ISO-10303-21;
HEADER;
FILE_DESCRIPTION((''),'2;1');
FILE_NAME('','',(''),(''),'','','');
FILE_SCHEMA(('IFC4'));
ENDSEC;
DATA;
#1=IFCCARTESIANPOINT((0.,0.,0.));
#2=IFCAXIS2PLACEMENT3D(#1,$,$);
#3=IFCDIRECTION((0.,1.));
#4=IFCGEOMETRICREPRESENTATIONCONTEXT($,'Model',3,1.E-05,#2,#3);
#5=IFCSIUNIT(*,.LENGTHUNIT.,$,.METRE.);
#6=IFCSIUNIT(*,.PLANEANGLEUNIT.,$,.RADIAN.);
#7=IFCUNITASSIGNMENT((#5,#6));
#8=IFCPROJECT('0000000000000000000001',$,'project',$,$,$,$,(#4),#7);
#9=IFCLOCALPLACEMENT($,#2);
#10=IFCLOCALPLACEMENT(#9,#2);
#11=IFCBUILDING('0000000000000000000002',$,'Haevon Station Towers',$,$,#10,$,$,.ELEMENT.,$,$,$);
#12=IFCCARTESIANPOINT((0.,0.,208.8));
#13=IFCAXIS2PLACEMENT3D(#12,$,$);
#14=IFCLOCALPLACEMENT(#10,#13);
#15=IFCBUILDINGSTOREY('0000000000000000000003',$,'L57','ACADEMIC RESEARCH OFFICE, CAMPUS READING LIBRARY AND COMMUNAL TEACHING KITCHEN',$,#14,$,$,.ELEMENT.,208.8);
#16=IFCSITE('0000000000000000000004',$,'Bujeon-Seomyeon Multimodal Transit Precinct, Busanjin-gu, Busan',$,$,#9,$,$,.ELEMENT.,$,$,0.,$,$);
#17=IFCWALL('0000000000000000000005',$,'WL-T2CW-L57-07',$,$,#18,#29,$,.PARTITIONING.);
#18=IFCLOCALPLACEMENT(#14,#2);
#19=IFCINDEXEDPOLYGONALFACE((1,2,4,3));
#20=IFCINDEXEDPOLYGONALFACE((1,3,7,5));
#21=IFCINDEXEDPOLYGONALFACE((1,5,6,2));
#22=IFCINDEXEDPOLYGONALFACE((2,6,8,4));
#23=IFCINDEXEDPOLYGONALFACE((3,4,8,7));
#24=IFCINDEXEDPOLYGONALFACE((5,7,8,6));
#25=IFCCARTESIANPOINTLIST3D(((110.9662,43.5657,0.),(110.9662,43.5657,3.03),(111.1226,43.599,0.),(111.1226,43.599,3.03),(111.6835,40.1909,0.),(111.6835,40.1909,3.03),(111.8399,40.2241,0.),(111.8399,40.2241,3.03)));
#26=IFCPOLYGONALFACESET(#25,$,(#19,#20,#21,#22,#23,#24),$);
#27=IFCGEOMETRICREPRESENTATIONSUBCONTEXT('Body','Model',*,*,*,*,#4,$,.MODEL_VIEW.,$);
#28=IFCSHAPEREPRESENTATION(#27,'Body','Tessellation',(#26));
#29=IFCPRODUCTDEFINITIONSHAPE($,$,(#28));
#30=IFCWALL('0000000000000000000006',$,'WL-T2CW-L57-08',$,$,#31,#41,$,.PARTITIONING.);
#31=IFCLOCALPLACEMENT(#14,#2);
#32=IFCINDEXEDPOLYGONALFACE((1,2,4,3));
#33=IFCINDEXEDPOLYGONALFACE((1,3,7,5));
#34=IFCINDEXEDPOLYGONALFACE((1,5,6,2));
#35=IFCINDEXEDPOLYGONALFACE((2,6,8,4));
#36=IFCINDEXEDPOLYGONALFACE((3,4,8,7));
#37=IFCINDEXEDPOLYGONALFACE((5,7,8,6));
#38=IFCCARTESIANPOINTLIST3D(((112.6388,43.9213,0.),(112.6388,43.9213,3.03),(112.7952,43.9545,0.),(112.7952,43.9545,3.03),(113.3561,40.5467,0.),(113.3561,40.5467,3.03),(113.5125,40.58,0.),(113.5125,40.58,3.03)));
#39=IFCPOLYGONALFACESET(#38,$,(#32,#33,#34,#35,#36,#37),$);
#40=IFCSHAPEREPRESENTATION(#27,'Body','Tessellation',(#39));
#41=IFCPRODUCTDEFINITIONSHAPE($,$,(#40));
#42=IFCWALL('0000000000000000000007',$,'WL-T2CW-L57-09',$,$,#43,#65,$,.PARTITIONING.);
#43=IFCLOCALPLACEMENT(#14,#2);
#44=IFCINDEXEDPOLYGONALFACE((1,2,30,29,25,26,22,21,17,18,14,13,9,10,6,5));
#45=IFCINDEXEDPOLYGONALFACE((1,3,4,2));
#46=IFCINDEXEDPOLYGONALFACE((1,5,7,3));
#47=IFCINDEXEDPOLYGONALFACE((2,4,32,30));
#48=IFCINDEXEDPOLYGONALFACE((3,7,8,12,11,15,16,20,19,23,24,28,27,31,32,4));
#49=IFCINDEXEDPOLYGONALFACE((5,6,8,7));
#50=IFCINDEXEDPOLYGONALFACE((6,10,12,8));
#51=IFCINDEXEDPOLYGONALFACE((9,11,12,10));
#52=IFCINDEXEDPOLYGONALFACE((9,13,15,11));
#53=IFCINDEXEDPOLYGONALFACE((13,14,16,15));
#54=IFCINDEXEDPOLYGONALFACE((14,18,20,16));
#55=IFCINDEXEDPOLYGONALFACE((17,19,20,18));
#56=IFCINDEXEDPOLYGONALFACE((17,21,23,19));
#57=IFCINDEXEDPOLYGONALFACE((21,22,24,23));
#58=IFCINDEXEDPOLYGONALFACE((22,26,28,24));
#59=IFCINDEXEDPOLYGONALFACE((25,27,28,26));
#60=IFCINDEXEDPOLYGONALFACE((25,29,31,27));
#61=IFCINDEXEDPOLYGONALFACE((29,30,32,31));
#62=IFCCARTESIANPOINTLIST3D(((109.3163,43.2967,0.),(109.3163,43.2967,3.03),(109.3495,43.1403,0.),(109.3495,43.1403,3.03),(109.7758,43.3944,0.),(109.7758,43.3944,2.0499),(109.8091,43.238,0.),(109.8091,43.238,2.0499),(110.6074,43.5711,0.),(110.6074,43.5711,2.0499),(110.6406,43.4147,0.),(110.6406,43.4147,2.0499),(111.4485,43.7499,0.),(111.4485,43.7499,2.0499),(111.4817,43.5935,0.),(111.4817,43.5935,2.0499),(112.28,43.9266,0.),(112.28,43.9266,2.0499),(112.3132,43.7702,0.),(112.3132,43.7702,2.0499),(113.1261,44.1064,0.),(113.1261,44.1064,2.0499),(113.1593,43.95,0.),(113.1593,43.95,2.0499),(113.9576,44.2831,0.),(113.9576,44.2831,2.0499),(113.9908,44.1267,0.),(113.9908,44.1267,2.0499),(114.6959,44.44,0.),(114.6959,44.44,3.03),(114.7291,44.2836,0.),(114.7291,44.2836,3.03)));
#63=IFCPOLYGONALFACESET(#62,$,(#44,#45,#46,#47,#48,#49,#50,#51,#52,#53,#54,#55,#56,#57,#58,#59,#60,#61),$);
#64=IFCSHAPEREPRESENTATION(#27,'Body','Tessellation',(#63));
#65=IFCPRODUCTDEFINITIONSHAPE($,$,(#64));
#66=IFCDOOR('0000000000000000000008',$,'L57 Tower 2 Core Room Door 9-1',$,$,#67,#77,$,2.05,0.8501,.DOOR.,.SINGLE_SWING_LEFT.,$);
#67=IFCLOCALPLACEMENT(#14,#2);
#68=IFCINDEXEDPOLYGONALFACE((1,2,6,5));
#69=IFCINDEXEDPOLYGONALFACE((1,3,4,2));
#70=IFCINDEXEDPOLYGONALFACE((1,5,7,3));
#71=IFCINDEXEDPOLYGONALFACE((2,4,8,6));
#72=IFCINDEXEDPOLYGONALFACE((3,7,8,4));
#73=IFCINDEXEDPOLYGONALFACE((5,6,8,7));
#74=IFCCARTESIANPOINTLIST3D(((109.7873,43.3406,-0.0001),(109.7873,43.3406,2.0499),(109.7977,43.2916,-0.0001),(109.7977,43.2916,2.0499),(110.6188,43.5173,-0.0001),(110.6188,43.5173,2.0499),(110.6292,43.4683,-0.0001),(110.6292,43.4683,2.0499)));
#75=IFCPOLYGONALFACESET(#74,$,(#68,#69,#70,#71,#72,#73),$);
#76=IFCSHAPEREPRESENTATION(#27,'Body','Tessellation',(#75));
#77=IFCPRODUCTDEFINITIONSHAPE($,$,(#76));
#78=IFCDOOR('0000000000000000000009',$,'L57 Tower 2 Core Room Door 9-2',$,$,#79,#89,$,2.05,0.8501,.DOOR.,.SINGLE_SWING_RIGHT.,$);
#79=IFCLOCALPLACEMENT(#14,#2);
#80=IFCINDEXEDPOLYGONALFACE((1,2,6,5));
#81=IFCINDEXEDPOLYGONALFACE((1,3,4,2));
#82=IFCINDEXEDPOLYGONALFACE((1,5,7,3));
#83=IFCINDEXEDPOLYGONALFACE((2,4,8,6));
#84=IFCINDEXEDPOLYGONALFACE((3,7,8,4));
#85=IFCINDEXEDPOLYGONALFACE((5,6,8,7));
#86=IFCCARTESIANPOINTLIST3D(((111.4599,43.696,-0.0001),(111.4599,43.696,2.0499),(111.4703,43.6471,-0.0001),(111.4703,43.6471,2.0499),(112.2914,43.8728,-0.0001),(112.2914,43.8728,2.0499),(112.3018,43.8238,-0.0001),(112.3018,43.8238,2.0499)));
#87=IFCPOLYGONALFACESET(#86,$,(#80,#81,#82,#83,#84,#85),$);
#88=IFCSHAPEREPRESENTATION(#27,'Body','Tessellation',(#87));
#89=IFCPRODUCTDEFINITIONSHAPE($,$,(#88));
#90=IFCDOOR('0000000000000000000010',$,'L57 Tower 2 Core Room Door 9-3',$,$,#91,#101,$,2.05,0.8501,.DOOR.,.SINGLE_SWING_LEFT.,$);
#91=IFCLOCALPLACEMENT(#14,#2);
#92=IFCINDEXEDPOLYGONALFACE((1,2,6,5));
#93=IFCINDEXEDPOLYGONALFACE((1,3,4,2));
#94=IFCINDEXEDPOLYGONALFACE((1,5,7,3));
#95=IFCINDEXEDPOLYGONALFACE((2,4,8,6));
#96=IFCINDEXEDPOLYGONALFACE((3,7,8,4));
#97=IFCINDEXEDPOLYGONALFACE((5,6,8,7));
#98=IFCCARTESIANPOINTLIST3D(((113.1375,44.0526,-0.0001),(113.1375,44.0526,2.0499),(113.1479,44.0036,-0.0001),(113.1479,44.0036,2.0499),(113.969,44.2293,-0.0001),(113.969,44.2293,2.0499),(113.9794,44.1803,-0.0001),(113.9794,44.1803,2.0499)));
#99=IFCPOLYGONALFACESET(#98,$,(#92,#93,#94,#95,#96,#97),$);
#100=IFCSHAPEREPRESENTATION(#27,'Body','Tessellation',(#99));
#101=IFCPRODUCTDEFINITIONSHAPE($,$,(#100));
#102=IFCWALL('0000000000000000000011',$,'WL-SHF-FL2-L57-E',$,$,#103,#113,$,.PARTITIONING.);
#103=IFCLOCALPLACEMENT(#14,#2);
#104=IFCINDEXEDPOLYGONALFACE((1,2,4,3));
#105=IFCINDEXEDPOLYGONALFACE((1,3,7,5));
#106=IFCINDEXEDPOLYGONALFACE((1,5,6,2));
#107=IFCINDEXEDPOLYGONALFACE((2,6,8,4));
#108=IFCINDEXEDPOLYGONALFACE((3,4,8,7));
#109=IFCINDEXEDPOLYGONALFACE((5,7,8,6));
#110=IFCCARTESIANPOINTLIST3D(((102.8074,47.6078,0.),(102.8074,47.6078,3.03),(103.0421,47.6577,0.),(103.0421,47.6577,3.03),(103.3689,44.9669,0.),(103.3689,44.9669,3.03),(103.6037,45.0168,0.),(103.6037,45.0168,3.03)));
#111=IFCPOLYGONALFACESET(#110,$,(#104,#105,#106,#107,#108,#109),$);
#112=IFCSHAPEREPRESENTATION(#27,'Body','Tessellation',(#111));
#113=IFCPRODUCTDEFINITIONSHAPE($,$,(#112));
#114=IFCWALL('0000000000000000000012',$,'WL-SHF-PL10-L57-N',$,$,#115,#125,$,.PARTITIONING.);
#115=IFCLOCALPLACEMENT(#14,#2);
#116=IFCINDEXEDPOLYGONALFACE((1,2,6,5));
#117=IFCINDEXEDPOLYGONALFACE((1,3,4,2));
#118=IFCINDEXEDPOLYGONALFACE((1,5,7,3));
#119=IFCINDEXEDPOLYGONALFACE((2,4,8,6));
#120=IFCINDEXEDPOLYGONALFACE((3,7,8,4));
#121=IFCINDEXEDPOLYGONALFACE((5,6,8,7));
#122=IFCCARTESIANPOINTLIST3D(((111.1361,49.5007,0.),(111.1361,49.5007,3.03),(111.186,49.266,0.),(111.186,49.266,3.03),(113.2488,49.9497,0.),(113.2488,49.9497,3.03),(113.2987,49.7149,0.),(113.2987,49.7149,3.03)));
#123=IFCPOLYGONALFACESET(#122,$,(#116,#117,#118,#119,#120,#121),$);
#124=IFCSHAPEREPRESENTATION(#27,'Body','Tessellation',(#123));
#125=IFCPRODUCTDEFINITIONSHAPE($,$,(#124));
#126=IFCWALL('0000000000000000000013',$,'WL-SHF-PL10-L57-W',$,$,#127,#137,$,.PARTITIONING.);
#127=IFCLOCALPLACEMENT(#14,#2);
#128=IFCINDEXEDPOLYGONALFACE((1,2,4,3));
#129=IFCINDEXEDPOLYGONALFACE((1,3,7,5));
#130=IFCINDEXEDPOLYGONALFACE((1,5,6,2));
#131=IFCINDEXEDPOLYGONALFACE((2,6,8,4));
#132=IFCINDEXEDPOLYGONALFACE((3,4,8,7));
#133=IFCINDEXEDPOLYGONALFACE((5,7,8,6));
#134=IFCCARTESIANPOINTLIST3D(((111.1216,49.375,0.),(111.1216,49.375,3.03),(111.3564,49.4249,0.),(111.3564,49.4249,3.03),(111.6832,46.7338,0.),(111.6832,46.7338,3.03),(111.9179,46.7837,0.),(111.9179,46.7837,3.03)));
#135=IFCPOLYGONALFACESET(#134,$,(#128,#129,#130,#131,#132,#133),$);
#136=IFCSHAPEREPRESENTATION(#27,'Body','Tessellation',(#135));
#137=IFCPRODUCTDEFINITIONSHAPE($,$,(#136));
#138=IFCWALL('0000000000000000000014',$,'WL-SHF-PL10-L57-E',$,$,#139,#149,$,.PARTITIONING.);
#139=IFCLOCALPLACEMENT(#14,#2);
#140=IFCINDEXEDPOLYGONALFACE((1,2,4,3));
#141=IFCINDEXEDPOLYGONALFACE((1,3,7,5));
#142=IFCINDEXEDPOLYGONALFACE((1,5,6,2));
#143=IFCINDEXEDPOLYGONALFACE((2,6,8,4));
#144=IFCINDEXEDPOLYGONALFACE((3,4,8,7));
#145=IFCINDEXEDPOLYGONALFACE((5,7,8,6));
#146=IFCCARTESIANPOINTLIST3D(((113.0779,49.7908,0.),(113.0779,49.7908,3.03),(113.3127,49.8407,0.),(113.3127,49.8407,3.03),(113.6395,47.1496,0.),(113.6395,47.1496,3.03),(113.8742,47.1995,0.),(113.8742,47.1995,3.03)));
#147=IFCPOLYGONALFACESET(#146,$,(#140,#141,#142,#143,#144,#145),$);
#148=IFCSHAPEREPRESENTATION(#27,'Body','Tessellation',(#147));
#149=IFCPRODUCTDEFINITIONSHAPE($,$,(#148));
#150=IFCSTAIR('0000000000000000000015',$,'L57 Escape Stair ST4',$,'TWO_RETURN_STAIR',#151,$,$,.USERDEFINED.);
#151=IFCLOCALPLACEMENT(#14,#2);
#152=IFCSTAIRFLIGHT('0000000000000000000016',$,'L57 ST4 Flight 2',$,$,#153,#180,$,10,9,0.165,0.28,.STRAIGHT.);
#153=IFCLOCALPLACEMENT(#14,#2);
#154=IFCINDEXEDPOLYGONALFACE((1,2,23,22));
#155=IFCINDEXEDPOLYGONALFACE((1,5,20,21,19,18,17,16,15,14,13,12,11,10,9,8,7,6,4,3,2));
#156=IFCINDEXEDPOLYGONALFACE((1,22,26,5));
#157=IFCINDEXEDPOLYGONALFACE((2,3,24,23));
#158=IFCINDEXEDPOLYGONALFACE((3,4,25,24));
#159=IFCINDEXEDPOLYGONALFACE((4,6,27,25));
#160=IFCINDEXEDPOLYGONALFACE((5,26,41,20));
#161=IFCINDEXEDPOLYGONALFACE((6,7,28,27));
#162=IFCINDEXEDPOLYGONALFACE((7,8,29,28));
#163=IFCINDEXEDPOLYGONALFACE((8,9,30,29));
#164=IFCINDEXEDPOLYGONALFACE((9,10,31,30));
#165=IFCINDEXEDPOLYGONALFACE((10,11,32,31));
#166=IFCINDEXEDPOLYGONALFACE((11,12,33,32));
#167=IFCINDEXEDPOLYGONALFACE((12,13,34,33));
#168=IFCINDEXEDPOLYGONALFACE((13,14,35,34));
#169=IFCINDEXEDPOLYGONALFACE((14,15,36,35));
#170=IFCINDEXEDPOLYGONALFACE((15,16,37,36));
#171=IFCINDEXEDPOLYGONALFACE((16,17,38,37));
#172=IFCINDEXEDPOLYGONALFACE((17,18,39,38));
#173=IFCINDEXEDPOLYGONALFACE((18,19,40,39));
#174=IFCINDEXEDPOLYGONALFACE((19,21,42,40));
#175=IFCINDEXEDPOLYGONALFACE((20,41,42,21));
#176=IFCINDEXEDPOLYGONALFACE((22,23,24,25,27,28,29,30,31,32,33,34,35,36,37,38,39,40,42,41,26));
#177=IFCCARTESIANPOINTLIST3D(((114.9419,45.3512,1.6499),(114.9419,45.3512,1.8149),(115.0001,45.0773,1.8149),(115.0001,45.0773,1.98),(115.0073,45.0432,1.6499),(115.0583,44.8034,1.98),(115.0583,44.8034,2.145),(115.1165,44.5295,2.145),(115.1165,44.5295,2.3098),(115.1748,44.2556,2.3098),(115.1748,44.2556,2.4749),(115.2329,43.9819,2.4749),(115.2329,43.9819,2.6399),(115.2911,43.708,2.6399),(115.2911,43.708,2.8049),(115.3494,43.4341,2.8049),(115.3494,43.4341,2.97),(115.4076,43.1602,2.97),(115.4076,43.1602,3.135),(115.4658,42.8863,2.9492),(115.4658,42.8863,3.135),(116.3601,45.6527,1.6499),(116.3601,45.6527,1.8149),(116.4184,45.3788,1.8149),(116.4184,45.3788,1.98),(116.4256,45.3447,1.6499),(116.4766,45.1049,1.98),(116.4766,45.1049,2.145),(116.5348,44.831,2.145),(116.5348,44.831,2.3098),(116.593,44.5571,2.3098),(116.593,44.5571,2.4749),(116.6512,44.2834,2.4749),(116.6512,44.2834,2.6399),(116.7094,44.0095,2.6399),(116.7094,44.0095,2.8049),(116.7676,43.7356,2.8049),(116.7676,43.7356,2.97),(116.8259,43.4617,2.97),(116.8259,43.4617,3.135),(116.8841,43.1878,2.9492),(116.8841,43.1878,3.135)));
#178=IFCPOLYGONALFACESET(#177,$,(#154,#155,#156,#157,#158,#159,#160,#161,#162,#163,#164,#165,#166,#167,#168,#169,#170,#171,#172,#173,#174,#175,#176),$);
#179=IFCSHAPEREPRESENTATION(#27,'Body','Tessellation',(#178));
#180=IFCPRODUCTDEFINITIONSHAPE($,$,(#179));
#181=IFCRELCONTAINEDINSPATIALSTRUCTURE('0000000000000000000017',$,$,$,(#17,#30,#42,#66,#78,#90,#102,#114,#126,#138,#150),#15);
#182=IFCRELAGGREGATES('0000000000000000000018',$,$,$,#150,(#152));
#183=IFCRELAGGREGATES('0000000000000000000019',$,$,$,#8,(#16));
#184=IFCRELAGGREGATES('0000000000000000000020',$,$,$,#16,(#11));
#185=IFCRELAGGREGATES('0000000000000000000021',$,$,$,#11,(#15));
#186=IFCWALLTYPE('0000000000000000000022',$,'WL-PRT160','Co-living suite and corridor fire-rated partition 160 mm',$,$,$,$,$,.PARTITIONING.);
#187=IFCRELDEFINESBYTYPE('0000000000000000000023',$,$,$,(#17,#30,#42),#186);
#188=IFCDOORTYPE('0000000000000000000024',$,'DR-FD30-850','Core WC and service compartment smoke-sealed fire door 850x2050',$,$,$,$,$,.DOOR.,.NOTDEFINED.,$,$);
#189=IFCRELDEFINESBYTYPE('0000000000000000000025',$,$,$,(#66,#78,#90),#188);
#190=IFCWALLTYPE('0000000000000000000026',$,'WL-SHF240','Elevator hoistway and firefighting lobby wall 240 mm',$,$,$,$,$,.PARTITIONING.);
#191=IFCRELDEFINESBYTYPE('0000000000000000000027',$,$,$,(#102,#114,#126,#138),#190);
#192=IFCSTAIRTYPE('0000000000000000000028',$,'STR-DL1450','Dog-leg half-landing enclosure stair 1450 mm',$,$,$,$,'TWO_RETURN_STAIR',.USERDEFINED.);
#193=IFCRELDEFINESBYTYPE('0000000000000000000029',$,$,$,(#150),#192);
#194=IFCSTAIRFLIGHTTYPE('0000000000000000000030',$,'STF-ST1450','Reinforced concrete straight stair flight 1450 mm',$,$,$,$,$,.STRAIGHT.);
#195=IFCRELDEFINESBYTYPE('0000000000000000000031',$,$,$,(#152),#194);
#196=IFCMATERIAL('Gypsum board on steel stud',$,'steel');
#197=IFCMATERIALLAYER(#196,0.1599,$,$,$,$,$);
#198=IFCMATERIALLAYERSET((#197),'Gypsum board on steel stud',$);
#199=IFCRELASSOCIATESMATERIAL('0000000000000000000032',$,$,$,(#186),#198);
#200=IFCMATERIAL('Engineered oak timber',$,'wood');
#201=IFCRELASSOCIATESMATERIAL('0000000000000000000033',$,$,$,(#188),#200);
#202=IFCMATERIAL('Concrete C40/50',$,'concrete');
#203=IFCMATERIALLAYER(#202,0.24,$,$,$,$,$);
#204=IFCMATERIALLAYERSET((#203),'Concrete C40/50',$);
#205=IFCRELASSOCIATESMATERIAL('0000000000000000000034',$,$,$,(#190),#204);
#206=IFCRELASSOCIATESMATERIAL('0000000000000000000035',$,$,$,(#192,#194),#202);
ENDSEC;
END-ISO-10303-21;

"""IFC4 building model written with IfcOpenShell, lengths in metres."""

from ifc_helpers import new_model, si_unit, direction, frame, frame_2d, origin, place, context, subcontext, project, spatial, polyline, rectangle, outline, extrude, material, layer, layer_set, type_object, element, fill, aggregate, save


model = new_model("IFC4")

# Units and contexts
model_context = context("Model", 3, precision=1e-05, world=origin(), true_north=direction((0.0, 1.0)))
body_context = subcontext(model_context, "Body", "Model", "MODEL_VIEW")
ifc_project = project(units=[si_unit("LENGTHUNIT", "METRE"), si_unit("PLANEANGLEUNIT", "RADIAN")], contexts=[model_context])

# Site, building, storey
site_placement = place(None, origin())
site = spatial("IfcSite", under=ifc_project, at=site_placement, Name="Bujeon-Seomyeon Multimodal Transit Precinct, Busanjin-gu, Busan", CompositionType="ELEMENT", RefElevation=0.0)
building_placement = place(site_placement, origin())
building = spatial("IfcBuilding", under=site, at=building_placement, Name="Haevon Station Towers", CompositionType="ELEMENT")
storey_placement = place(building_placement, frame((0.0, 0.0, 208.8)))
storey = spatial("IfcBuildingStorey", under=building, at=storey_placement, Name="L57", Description="ACADEMIC RESEARCH OFFICE, CAMPUS READING LIBRARY AND COMMUNAL TEACHING KITCHEN", CompositionType="ELEMENT", Elevation=208.8)

# Shared definitions
ifc_material_1 = material(Name="Gypsum board on steel stud", Category="steel")
ifc_material_2 = material(Name="Engineered oak timber", Category="wood")

# Shared definitions
ifc_layer_1 = layer(ifc_material_1, 0.1599)
ifc_layer_set_1 = layer_set([ifc_layer_1], Name="Gypsum board on steel stud")
wall_type_1 = type_object("IfcWallType", Name="WL-PRT160", Description="Co-living suite and corridor fire-rated partition 160 mm", PredefinedType="PARTITIONING", material=ifc_layer_set_1)

# Walls
wall_1_placement = place(storey_placement, frame((111.7617, 40.2075, 0.0), z_axis=(0.0, 0.0, 1.0), x_axis=(-0.2079, 0.97815, 0.0)))
element("IfcWall", 1, at=wall_1_placement, inside=storey, type_object=wall_type_1, Name="WL-T2CW-L57-07", PredefinedType="PARTITIONING", context=body_context, shape_type="SweptSolid", body=[
    extrude(rectangle(XDim=3.4502, YDim=0.1599, at=frame_2d((1.7251, 0.0))), origin(), (0.0, 0.0, 1.0), 3.03),
])
wall_2_placement = place(storey_placement, frame((113.4343, 40.5632, 0.0), z_axis=(0.0, 0.0, 1.0), x_axis=(-0.207915, 0.978147, 0.0)))
element("IfcWall", 2, at=wall_2_placement, inside=storey, type_object=wall_type_1, Name="WL-T2CW-L57-08", PredefinedType="PARTITIONING", context=body_context, shape_type="SweptSolid", body=[
    extrude(rectangle(XDim=3.45, YDim=0.1599, at=frame_2d((1.7251, 0.0))), origin(), (0.0, 0.0, 1.0), 3.03),
])

# Wall, openings, doors
wall_3_placement = place(storey_placement, frame((109.3328, 43.2185, 0.0), z_axis=(0.0, 0.0, 1.0), x_axis=(0.978154, 0.207883, 0.0)))
wall_3 = element("IfcWall", 3, at=wall_3_placement, inside=storey, type_object=wall_type_1, Name="WL-T2CW-L57-09", PredefinedType="PARTITIONING", context=body_context, shape_type="SweptSolid", body=[
    extrude(rectangle(XDim=5.4998, YDim=0.1599, at=frame_2d((2.75, 0.0))), origin(), (0.0, 0.0, 1.0), 3.03),
])
opening_1_placement = place(wall_3_placement, frame((0.47, 0.0, 0.0)))
opening_1 = element("IfcOpeningElement", 4, at=opening_1_placement, cuts=wall_3, PredefinedType="OPENING", context=body_context, shape_type="SweptSolid", body=[
    extrude(rectangle(XDim=0.8501, YDim=2.05, at=frame_2d((0.425, 1.0249))), frame((0.0, 0.0898, 0.0), z_axis=(0.0, -1.0, 0.0), x_axis=(1.0, 0.0, 0.0)), (0.0, 0.0, 1.0), 0.1799),
])
opening_2_placement = place(wall_3_placement, frame((2.1799, 0.0, 0.0)))
opening_2 = element("IfcOpeningElement", 5, at=opening_2_placement, cuts=wall_3, PredefinedType="OPENING", context=body_context, shape_type="SweptSolid", body=[
    extrude(rectangle(XDim=0.8501, YDim=2.05, at=frame_2d((0.425, 1.0249))), frame((0.0, 0.0898, 0.0), z_axis=(0.0, -1.0, 0.0), x_axis=(1.0, 0.0, 0.0)), (0.0, 0.0, 1.0), 0.1799),
])
opening_3_placement = place(wall_3_placement, frame((3.895, 0.0, 0.0)))
opening_3 = element("IfcOpeningElement", 6, at=opening_3_placement, cuts=wall_3, PredefinedType="OPENING", context=body_context, shape_type="SweptSolid", body=[
    extrude(rectangle(XDim=0.8501, YDim=2.05, at=frame_2d((0.425, 1.0249))), frame((0.0, 0.0898, 0.0), z_axis=(0.0, -1.0, 0.0), x_axis=(1.0, 0.0, 0.0)), (0.0, 0.0, 1.0), 0.1799),
])
door_type_1 = type_object("IfcDoorType", Name="DR-FD30-850", Description="Core WC and service compartment smoke-sealed fire door 850x2050", OperationType="NOTDEFINED", PredefinedType="DOOR", material=ifc_material_2)
door_1_placement = place(opening_1_placement, origin())
door_1 = element("IfcDoor", 7, at=door_1_placement, inside=storey, type_object=door_type_1, Name="L57 Tower 2 Core Room Door 9-1", OperationType="SINGLE_SWING_LEFT", OverallHeight=2.05, OverallWidth=0.8501, PredefinedType="DOOR", context=body_context, shape_type="SweptSolid", body=[
    extrude(rectangle(XDim=0.8501, YDim=2.05, at=frame_2d((0.425, 1.0249))), frame((0.0, 0.0249, 0.0), z_axis=(0.0, -1.0, 0.0), x_axis=(1.0, 0.0, 0.0)), (0.0, 0.0, 1.0), 0.05),
])
fill(opening_1, door_1)
door_2_placement = place(opening_2_placement, origin())
door_2 = element("IfcDoor", 8, at=door_2_placement, inside=storey, type_object=door_type_1, Name="L57 Tower 2 Core Room Door 9-2", OperationType="SINGLE_SWING_RIGHT", OverallHeight=2.05, OverallWidth=0.8501, PredefinedType="DOOR", context=body_context, shape_type="SweptSolid", body=[
    extrude(rectangle(XDim=0.8501, YDim=2.05, at=frame_2d((0.425, 1.0249))), frame((0.0, 0.0249, 0.0), z_axis=(0.0, -1.0, 0.0), x_axis=(1.0, 0.0, 0.0)), (0.0, 0.0, 1.0), 0.05),
])
fill(opening_2, door_2)
door_3_placement = place(opening_3_placement, origin())
door_3 = element("IfcDoor", 9, at=door_3_placement, inside=storey, type_object=door_type_1, Name="L57 Tower 2 Core Room Door 9-3", OperationType="SINGLE_SWING_LEFT", OverallHeight=2.05, OverallWidth=0.8501, PredefinedType="DOOR", context=body_context, shape_type="SweptSolid", body=[
    extrude(rectangle(XDim=0.8501, YDim=2.05, at=frame_2d((0.425, 1.0249))), frame((0.0, 0.0249, 0.0), z_axis=(0.0, -1.0, 0.0), x_axis=(1.0, 0.0, 0.0)), (0.0, 0.0, 1.0), 0.05),
])
fill(opening_3, door_3)

# Wall
ifc_material_3 = material(Name="Concrete C40/50", Category="concrete")
ifc_layer_2 = layer(ifc_material_3, 0.24)
ifc_layer_set_2 = layer_set([ifc_layer_2], Name="Concrete C40/50")
wall_type_2 = type_object("IfcWallType", Name="WL-SHF240", Description="Elevator hoistway and firefighting lobby wall 240 mm", PredefinedType="PARTITIONING", material=ifc_layer_set_2)
wall_4_placement = place(storey_placement, frame((103.4863, 44.9917, 0.0), z_axis=(0.0, 0.0, 1.0), x_axis=(-0.207979, 0.978133, 0.0)))
element("IfcWall", 10, at=wall_4_placement, inside=storey, type_object=wall_type_2, Name="WL-SHF-FL2-L57-E", PredefinedType="PARTITIONING", context=body_context, shape_type="SweptSolid", body=[
    extrude(rectangle(XDim=2.7, YDim=0.24, at=frame_2d((1.3501, 0.0))), origin(), (0.0, 0.0, 1.0), 3.03),
])

# Walls
wall_5_placement = place(storey_placement, frame((111.1609, 49.3833, 0.0), z_axis=(0.0, 0.0, 1.0), x_axis=(0.978158, 0.207861, 0.0)))
element("IfcWall", 11, at=wall_5_placement, inside=storey, type_object=wall_type_2, Name="WL-SHF-PL10-L57-N", PredefinedType="PARTITIONING", context=body_context, shape_type="SweptSolid", body=[
    extrude(rectangle(XDim=2.1599, YDim=0.24, at=frame_2d((1.0801, 0.0))), origin(), (0.0, 0.0, 1.0), 3.03),
])
for number, where, z_axis, x_axis, name in (
    (12, (111.8005, 46.7588, 0.0), (0.0, 0.0, 1.0), (-0.20796, 0.978137, 0.0), "WL-SHF-PL10-L57-W"),
    (13, (113.7568, 47.1746, 0.0), (0.0, 0.0, 1.0), (-0.20796, 0.978137, 0.0), "WL-SHF-PL10-L57-E"),
):
    element("IfcWall", number, at=place(storey_placement, frame(where, z_axis=z_axis, x_axis=x_axis)), inside=storey, type_object=wall_type_2, Name=name, PredefinedType="PARTITIONING", context=body_context, shape_type="SweptSolid", body=[
        extrude(rectangle(XDim=2.7002, YDim=0.24, at=frame_2d((1.3501, 0.0))), origin(), (0.0, 0.0, 1.0), 3.03),
    ])

# Stair, stair flight
stair_type = type_object("IfcStairType", Name="STR-DL1450", Description="Dog-leg half-landing enclosure stair 1450 mm", ElementType="TWO_RETURN_STAIR", PredefinedType="USERDEFINED", material=ifc_material_3)
stair_placement = place(storey_placement, origin())
stair = element("IfcStair", 14, at=stair_placement, inside=storey, type_object=stair_type, Name="L57 Escape Stair ST4", ObjectType="TWO_RETURN_STAIR", PredefinedType="USERDEFINED")
stair_flight_type = type_object("IfcStairFlightType", Name="STF-ST1450", Description="Reinforced concrete straight stair flight 1450 mm", PredefinedType="STRAIGHT", material=ifc_material_3)
stair_flight_placement = place(storey_placement, frame((115.6509, 45.502, 1.6499), z_axis=(0.0, 0.0, 1.0), x_axis=(0.207912, -0.978148, 0.0)))
stair_flight = element("IfcStairFlight", 15, at=stair_flight_placement, type_object=stair_flight_type, Name="L57 ST4 Flight 2", NumberOfRisers=10, NumberOfTreads=9, PredefinedType="STRAIGHT", RiserHeight=0.165, TreadLength=0.28, context=body_context, shape_type="SweptSolid", body=[
    extrude(outline(polyline([(0.0, 0.0), (0.0, 0.165), (0.28, 0.165), (0.28, 0.3301), (0.5601, 0.3301), (0.5601, 0.4951), (0.8401, 0.4951), (0.8401, 0.6599), (1.1201, 0.6599), (1.1201, 0.825), (1.3999, 0.825), (1.3999, 0.99), (1.6799, 0.99), (1.6799, 1.155), (1.96, 1.155), (1.96, 1.3201), (2.24, 1.3201), (2.24, 1.4851), (2.52, 1.4851), (2.52, 1.6499), (2.52, 1.2993), (0.3149, 0.0), (0.0, 0.0)])), frame((0.0, 0.7251, 0.0), z_axis=(0.0, -1.0, 0.0), x_axis=(1.0, 0.0, 0.0)), (0.0, 0.0, 1.0), 1.45),
])
aggregate(stair, [stair_flight])

save(model, "model.ifc")
